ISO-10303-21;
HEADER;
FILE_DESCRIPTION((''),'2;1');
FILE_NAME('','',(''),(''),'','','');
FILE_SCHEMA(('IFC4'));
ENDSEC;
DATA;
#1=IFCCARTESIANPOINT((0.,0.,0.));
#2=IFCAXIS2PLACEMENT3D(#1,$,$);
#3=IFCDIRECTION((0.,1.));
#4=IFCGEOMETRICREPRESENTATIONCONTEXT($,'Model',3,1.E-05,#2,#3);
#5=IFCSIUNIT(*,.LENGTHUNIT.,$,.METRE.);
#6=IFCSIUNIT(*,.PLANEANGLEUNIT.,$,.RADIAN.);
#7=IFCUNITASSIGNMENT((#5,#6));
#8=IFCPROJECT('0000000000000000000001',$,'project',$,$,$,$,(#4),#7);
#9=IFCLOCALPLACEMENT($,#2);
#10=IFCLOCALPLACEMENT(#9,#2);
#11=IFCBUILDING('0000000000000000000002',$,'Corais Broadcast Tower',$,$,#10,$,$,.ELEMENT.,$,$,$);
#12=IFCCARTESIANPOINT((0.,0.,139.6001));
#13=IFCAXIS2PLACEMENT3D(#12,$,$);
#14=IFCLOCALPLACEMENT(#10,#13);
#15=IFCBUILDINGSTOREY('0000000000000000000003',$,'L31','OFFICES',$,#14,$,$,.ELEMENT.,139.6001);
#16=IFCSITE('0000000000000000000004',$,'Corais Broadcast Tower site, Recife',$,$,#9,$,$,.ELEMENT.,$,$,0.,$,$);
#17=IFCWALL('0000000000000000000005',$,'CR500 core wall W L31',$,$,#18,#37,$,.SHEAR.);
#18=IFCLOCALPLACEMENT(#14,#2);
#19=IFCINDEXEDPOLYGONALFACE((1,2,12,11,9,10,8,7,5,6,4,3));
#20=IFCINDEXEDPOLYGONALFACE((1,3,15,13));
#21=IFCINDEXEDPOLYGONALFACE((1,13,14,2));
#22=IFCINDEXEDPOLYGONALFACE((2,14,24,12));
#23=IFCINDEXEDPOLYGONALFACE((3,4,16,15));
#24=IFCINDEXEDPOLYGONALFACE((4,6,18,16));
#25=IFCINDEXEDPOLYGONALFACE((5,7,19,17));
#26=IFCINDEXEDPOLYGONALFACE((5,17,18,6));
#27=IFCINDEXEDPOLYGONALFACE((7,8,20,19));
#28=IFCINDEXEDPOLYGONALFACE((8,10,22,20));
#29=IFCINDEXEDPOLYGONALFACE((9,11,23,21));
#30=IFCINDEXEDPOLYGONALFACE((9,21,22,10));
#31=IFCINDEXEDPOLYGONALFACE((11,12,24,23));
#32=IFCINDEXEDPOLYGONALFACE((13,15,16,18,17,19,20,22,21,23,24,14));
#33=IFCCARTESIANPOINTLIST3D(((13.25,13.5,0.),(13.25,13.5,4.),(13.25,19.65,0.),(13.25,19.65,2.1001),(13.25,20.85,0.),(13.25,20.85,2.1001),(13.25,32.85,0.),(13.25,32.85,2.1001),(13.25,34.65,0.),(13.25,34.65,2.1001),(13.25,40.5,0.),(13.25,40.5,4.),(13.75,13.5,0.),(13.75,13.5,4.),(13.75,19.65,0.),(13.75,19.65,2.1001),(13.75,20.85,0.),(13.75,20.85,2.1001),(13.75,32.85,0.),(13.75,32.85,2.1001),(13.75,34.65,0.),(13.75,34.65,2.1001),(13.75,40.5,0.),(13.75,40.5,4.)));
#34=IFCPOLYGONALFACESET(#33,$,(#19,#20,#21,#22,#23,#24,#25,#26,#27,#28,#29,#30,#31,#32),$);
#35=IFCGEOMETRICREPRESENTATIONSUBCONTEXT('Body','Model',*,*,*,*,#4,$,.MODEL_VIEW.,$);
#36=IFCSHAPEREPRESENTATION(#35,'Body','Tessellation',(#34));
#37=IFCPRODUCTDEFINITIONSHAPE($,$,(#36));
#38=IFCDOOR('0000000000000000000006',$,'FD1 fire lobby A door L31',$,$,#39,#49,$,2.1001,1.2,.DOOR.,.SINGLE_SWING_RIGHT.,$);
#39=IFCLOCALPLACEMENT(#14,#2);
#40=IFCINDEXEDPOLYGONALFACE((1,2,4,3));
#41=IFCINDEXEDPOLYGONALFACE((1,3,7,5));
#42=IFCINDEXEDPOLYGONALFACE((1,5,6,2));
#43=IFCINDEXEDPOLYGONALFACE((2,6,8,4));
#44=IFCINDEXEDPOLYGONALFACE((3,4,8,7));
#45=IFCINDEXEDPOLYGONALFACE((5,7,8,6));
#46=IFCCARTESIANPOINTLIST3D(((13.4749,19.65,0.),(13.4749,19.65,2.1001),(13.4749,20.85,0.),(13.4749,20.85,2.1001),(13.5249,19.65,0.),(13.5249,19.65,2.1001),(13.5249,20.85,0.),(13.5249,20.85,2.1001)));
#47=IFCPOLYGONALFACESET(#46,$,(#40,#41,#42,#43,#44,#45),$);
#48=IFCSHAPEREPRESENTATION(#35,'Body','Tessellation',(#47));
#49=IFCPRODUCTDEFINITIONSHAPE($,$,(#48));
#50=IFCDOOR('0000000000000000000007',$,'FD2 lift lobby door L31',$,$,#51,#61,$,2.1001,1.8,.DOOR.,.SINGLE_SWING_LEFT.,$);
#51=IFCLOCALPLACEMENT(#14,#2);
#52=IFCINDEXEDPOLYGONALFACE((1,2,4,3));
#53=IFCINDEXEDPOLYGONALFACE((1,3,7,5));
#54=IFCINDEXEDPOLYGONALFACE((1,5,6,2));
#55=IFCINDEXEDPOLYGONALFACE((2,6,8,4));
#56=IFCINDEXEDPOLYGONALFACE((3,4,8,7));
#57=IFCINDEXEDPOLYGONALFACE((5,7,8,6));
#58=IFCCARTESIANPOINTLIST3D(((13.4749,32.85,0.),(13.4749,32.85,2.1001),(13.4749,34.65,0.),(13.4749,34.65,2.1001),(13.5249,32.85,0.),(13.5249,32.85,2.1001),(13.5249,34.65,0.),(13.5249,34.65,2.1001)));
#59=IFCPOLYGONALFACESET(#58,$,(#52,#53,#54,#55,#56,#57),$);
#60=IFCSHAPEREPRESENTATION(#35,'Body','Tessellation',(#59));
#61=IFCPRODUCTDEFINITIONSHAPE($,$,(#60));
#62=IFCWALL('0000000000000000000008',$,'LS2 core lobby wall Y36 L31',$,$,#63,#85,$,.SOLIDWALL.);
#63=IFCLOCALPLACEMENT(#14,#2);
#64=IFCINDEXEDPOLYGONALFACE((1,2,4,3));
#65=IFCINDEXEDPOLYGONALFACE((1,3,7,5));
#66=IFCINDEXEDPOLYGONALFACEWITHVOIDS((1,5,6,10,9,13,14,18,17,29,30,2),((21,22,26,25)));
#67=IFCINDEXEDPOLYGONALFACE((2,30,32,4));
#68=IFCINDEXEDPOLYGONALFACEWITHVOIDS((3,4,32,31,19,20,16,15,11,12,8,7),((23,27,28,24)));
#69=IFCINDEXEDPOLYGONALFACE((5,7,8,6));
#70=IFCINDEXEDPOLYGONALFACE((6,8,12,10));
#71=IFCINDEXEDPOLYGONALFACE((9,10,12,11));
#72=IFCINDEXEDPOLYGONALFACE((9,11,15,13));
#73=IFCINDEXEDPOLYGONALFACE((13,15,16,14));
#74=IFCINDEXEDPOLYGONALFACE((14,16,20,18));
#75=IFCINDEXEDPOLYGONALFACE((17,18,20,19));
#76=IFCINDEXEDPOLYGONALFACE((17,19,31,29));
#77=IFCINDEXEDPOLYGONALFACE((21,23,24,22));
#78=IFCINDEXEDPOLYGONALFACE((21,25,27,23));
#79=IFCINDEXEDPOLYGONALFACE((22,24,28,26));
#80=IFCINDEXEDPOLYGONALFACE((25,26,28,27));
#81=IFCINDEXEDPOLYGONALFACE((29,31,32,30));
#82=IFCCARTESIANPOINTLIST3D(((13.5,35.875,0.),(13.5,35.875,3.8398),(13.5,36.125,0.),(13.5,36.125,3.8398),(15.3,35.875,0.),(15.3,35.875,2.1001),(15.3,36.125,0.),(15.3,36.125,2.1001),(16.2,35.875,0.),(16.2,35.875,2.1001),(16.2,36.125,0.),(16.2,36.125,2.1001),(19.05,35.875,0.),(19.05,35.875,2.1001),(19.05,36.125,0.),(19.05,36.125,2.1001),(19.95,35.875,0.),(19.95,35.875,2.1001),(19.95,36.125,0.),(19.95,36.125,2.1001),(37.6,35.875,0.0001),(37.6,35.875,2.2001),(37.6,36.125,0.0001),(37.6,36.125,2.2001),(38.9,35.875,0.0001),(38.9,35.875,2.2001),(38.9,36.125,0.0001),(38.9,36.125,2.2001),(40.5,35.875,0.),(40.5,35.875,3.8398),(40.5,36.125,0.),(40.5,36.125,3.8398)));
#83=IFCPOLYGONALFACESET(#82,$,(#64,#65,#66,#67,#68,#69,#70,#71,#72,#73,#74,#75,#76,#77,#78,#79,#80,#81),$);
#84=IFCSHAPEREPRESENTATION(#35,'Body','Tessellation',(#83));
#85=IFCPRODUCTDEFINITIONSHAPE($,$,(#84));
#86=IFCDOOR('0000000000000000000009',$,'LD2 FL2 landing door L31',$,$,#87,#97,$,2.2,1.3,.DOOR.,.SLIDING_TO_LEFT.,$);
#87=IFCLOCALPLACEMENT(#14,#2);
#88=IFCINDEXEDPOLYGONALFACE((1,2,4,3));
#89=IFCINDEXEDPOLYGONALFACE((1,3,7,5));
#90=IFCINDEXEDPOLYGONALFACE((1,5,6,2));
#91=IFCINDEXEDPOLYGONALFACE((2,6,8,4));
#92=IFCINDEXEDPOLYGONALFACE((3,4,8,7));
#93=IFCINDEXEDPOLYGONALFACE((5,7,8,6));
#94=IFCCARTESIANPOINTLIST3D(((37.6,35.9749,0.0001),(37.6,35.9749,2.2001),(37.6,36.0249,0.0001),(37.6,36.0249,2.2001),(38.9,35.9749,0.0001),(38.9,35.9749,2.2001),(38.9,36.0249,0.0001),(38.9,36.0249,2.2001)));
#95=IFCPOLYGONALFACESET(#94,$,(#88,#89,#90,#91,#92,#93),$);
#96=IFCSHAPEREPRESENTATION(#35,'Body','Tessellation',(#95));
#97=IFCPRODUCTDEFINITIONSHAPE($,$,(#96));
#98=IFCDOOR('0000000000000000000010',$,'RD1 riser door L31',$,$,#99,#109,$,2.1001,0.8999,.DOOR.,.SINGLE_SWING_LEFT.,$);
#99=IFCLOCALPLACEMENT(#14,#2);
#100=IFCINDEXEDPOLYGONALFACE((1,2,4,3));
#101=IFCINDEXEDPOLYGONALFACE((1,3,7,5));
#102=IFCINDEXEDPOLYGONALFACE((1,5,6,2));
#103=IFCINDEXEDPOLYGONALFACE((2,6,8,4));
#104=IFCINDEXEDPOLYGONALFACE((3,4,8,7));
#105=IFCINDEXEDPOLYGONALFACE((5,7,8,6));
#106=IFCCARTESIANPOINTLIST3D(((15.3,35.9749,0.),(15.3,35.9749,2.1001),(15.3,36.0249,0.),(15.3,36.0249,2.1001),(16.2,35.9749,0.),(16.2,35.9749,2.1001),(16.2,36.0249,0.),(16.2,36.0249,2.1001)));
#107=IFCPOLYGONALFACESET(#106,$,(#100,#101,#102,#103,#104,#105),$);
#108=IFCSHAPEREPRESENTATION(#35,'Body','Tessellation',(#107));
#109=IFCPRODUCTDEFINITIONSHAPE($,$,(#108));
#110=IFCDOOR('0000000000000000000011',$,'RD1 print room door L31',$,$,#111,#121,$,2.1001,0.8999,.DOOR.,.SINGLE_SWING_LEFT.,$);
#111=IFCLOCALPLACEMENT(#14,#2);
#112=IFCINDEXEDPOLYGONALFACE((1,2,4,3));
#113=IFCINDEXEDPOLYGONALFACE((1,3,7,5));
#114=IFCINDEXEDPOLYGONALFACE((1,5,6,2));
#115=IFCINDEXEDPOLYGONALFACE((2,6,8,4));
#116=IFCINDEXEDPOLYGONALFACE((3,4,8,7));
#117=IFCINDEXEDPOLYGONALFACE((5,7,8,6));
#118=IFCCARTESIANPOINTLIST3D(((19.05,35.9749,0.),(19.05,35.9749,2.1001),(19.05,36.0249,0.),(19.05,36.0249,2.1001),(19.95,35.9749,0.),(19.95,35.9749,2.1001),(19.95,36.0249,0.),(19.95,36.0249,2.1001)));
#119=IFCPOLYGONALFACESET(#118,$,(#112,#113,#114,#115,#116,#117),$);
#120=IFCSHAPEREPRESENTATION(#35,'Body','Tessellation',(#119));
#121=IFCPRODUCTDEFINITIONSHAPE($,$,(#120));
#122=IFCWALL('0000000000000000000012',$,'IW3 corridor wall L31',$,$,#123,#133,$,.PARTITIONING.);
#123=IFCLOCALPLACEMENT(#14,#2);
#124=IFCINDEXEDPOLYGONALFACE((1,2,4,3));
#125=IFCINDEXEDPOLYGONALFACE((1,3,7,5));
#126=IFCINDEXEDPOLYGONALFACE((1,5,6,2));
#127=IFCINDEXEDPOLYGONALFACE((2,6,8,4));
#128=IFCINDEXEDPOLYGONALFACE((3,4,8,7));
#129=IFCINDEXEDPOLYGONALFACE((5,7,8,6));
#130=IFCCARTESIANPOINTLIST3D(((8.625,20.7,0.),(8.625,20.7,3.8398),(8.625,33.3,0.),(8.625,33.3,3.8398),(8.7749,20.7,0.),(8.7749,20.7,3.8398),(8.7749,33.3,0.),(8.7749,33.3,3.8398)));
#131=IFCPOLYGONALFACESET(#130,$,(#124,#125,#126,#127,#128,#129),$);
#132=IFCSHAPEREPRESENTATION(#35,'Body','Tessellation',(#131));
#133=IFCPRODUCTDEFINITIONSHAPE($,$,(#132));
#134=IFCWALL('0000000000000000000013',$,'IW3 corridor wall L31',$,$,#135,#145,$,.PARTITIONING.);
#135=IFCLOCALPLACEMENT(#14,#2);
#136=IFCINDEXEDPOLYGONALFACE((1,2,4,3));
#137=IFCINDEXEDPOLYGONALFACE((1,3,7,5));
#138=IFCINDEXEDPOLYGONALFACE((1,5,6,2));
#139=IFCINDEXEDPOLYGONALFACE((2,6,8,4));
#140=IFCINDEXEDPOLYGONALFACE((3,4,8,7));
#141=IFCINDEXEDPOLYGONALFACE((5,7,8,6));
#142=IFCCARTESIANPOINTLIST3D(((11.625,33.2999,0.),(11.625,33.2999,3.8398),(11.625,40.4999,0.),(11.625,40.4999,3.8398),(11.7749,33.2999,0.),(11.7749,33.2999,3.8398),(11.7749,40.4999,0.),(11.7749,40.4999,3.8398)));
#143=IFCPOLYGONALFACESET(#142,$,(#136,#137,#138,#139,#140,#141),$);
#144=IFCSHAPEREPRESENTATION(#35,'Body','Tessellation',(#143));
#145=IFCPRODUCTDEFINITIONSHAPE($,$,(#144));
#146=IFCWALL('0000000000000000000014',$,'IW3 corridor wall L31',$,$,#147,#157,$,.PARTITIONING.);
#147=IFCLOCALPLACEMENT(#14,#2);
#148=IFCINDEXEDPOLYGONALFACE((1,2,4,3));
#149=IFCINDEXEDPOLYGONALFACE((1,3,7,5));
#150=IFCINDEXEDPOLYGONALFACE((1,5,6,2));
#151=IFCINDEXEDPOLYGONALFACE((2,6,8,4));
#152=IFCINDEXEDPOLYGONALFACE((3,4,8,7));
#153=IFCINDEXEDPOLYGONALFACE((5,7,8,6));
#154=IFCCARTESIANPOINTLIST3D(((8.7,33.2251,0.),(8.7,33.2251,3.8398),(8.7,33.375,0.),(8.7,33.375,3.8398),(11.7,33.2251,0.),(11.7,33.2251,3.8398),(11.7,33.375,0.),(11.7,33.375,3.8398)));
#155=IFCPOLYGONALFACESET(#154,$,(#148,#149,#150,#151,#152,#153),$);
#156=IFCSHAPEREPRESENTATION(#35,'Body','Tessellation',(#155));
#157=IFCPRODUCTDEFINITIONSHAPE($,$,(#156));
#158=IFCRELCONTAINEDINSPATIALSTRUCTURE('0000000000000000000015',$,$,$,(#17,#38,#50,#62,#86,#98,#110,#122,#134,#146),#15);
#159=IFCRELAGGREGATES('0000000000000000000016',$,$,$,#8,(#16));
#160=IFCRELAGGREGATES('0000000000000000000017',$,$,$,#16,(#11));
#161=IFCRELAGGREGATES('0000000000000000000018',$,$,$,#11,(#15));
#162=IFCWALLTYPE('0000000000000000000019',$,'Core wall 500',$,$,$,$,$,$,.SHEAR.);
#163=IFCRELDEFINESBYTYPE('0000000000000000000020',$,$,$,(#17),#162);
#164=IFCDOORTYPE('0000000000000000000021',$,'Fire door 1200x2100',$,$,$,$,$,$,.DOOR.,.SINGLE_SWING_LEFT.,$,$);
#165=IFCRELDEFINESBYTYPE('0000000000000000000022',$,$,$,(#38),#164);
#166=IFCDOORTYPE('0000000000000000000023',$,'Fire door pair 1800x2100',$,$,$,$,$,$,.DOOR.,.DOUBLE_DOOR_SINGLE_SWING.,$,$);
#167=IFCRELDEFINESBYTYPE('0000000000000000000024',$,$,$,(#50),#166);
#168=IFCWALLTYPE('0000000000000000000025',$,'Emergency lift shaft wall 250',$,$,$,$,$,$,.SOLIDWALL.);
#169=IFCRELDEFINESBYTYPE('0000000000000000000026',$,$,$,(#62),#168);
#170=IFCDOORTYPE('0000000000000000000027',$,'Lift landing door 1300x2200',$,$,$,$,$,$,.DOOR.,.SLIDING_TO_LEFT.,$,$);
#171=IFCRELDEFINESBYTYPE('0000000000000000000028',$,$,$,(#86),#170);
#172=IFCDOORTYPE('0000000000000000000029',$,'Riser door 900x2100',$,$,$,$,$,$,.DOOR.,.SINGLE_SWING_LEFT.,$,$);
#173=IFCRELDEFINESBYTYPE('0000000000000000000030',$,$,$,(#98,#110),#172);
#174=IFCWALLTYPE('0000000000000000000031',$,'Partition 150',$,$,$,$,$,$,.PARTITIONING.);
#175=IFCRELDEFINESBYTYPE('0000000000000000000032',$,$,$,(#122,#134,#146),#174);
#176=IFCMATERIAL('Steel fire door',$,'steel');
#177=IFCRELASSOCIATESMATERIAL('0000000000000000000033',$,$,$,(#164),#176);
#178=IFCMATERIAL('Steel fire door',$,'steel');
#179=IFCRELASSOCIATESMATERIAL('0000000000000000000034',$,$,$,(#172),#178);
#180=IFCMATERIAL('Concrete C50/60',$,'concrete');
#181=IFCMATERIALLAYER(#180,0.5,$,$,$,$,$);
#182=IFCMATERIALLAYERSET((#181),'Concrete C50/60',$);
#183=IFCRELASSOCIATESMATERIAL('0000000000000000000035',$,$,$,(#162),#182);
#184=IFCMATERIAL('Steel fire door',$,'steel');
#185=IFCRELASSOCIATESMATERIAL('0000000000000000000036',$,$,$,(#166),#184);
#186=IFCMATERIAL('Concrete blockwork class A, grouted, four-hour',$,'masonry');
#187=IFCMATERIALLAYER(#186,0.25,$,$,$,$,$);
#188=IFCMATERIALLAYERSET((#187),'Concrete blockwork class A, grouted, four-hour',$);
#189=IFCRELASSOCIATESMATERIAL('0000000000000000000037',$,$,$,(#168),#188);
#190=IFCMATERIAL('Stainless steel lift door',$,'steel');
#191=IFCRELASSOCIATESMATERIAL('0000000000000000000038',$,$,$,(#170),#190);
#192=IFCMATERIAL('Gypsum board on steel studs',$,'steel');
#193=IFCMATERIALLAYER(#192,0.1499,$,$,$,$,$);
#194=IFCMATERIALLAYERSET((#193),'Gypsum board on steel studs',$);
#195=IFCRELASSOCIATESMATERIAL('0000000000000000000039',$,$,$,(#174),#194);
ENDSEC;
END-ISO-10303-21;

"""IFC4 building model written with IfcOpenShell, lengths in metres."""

from ifc_helpers import new_model, si_unit, direction, frame, frame_2d, origin, place, context, subcontext, project, spatial, rectangle, extrude, material, layer, layer_set, type_object, element, fill, save


model = new_model("IFC4")

# Units and contexts
model_context = context("Model", 3, precision=1e-05, world=origin(), true_north=direction((0.0, 1.0)))
body_context = subcontext(model_context, "Body", "Model", "MODEL_VIEW")
ifc_project = project(units=[si_unit("LENGTHUNIT", "METRE"), si_unit("PLANEANGLEUNIT", "RADIAN")], contexts=[model_context])

# Site, building, storey
site_placement = place(None, origin())
site = spatial("IfcSite", under=ifc_project, at=site_placement, Name="Corais Broadcast Tower site, Recife", CompositionType="ELEMENT", RefElevation=0.0)
building_placement = place(site_placement, origin())
building = spatial("IfcBuilding", under=site, at=building_placement, Name="Corais Broadcast Tower", CompositionType="ELEMENT")
storey_placement = place(building_placement, frame((0.0, 0.0, 139.6001)))
storey = spatial("IfcBuildingStorey", under=building, at=storey_placement, Name="L31", Description="OFFICES", CompositionType="ELEMENT", Elevation=139.6001)

# Walls, openings, doors
ifc_material_1 = material(Name="Steel fire door", Category="steel")
door_type_1 = type_object("IfcDoorType", Name="Fire door 1200x2100", OperationType="SINGLE_SWING_LEFT", PredefinedType="DOOR", material=ifc_material_1)
ifc_material_2 = material(Name="Steel fire door", Category="steel")
door_type_2 = type_object("IfcDoorType", Name="Riser door 900x2100", OperationType="SINGLE_SWING_LEFT", PredefinedType="DOOR", material=ifc_material_2)
ifc_material_3 = material(Name="Concrete C50/60", Category="concrete")
ifc_layer_1 = layer(ifc_material_3, 0.5)
ifc_layer_set_1 = layer_set([ifc_layer_1], Name="Concrete C50/60")
wall_type_1 = type_object("IfcWallType", Name="Core wall 500", PredefinedType="SHEAR", material=ifc_layer_set_1)
wall_1_placement = place(storey_placement, frame((13.5, 40.5, 0.0), z_axis=(0.0, 0.0, 1.0), x_axis=(0.0, -1.0, 0.0)))
wall_1 = element("IfcWall", 1, at=wall_1_placement, inside=storey, type_object=wall_type_1, Name="CR500 core wall W L31", PredefinedType="SHEAR", context=body_context, shape_type="SweptSolid", body=[
    extrude(rectangle(XDim=27.0, YDim=0.5, at=frame_2d((13.5, 0.0))), origin(), (0.0, 0.0, 1.0), 4.0),
])
opening_1_placement = place(wall_1_placement, frame((19.6499, 0.0, 0.0)))
opening_1 = element("IfcOpeningElement", 2, at=opening_1_placement, cuts=wall_1, PredefinedType="OPENING", context=body_context, shape_type="SweptSolid", body=[
    extrude(rectangle(XDim=1.2, YDim=2.1001, at=frame_2d((0.6001, 1.05))), frame((0.0, 0.26, 0.0), z_axis=(0.0, -1.0, 0.0), x_axis=(1.0, 0.0, 0.0)), (0.0, 0.0, 1.0), 0.52),
])
opening_2_placement = place(wall_1_placement, frame((5.8501, 0.0, 0.0)))
opening_2 = element("IfcOpeningElement", 3, at=opening_2_placement, cuts=wall_1, PredefinedType="OPENING", context=body_context, shape_type="SweptSolid", body=[
    extrude(rectangle(XDim=1.8, YDim=2.1001, at=frame_2d((0.8999, 1.05))), frame((0.0, 0.26, 0.0), z_axis=(0.0, -1.0, 0.0), x_axis=(1.0, 0.0, 0.0)), (0.0, 0.0, 1.0), 0.52),
])
door_1_placement = place(opening_1_placement, origin())
door_1 = element("IfcDoor", 4, at=door_1_placement, inside=storey, type_object=door_type_1, Name="FD1 fire lobby A door L31", OperationType="SINGLE_SWING_RIGHT", OverallHeight=2.1001, OverallWidth=1.2, PredefinedType="DOOR", context=body_context, shape_type="SweptSolid", body=[
    extrude(rectangle(XDim=1.2, YDim=2.1001, at=frame_2d((0.6001, 1.05))), frame((0.0, 0.0249, 0.0), z_axis=(0.0, -1.0, 0.0), x_axis=(1.0, 0.0, 0.0)), (0.0, 0.0, 1.0), 0.05),
])
fill(opening_1, door_1)
ifc_material_4 = material(Name="Steel fire door", Category="steel")
door_type_3 = type_object("IfcDoorType", Name="Fire door pair 1800x2100", OperationType="DOUBLE_DOOR_SINGLE_SWING", PredefinedType="DOOR", material=ifc_material_4)
door_2_placement = place(opening_2_placement, origin())
door_2 = element("IfcDoor", 5, at=door_2_placement, inside=storey, type_object=door_type_3, Name="FD2 lift lobby door L31", OperationType="SINGLE_SWING_LEFT", OverallHeight=2.1001, OverallWidth=1.8, PredefinedType="DOOR", context=body_context, shape_type="SweptSolid", body=[
    extrude(rectangle(XDim=1.8, YDim=2.1001, at=frame_2d((0.8999, 1.05))), frame((0.0, 0.0249, 0.0), z_axis=(0.0, -1.0, 0.0), x_axis=(1.0, 0.0, 0.0)), (0.0, 0.0, 1.0), 0.05),
])
fill(opening_2, door_2)
ifc_material_5 = material(Name="Concrete blockwork class A, grouted, four-hour", Category="masonry")
ifc_layer_2 = layer(ifc_material_5, 0.25)
ifc_layer_set_2 = layer_set([ifc_layer_2], Name="Concrete blockwork class A, grouted, four-hour")
wall_type_2 = type_object("IfcWallType", Name="Emergency lift shaft wall 250", PredefinedType="SOLIDWALL", material=ifc_layer_set_2)
wall_2_placement = place(storey_placement, frame((13.5, 36.0, 0.0), z_axis=(0.0, 0.0, 1.0), x_axis=(1.0, 0.0, 0.0)))
wall_2 = element("IfcWall", 6, at=wall_2_placement, inside=storey, type_object=wall_type_2, Name="LS2 core lobby wall Y36 L31", PredefinedType="SOLIDWALL", context=body_context, shape_type="SweptSolid", body=[
    extrude(rectangle(XDim=27.0, YDim=0.25, at=frame_2d((13.5, 0.0))), origin(), (0.0, 0.0, 1.0), 3.8398),
])
opening_3_placement = place(wall_2_placement, frame((1.8, 0.0, 0.0)))
opening_3 = element("IfcOpeningElement", 7, at=opening_3_placement, cuts=wall_2, PredefinedType="OPENING", context=body_context, shape_type="SweptSolid", body=[
    extrude(rectangle(XDim=0.8999, YDim=2.1001, at=frame_2d((0.45, 1.05))), frame((0.0, 0.135, 0.0), z_axis=(0.0, -1.0, 0.0), x_axis=(1.0, 0.0, 0.0)), (0.0, 0.0, 1.0), 0.27),
])
opening_4_placement = place(wall_2_placement, frame((5.55, 0.0, 0.0)))
opening_4 = element("IfcOpeningElement", 8, at=opening_4_placement, cuts=wall_2, PredefinedType="OPENING", context=body_context, shape_type="SweptSolid", body=[
    extrude(rectangle(XDim=0.8999, YDim=2.1001, at=frame_2d((0.45, 1.05))), frame((0.0, 0.135, 0.0), z_axis=(0.0, -1.0, 0.0), x_axis=(1.0, 0.0, 0.0)), (0.0, 0.0, 1.0), 0.27),
])
opening_5_placement = place(wall_2_placement, frame((24.1001, 0.0, 0.0)))
opening_5 = element("IfcOpeningElement", 9, at=opening_5_placement, cuts=wall_2, PredefinedType="OPENING", context=body_context, shape_type="SweptSolid", body=[
    extrude(rectangle(XDim=1.3, YDim=2.2, at=frame_2d((0.6499, 1.1001))), frame((0.0, 0.135, 0.0), z_axis=(0.0, -1.0, 0.0), x_axis=(1.0, 0.0, 0.0)), (0.0, 0.0, 1.0), 0.27),
])
ifc_material_6 = material(Name="Stainless steel lift door", Category="steel")
door_type_4 = type_object("IfcDoorType", Name="Lift landing door 1300x2200", OperationType="SLIDING_TO_LEFT", PredefinedType="DOOR", material=ifc_material_6)
door_3_placement = place(opening_5_placement, origin())
door_3 = element("IfcDoor", 10, at=door_3_placement, inside=storey, type_object=door_type_4, Name="LD2 FL2 landing door L31", OperationType="SLIDING_TO_LEFT", OverallHeight=2.2, OverallWidth=1.3, PredefinedType="DOOR", context=body_context, shape_type="SweptSolid", body=[
    extrude(rectangle(XDim=1.3, YDim=2.2, at=frame_2d((0.6499, 1.1001))), frame((0.0, 0.0249, 0.0), z_axis=(0.0, -1.0, 0.0), x_axis=(1.0, 0.0, 0.0)), (0.0, 0.0, 1.0), 0.05),
])
fill(opening_5, door_3)
door_4_placement = place(opening_3_placement, origin())
door_4 = element("IfcDoor", 11, at=door_4_placement, inside=storey, type_object=door_type_2, Name="RD1 riser door L31", OperationType="SINGLE_SWING_LEFT", OverallHeight=2.1001, OverallWidth=0.8999, PredefinedType="DOOR", context=body_context, shape_type="SweptSolid", body=[
    extrude(rectangle(XDim=0.8999, YDim=2.1001, at=frame_2d((0.45, 1.05))), frame((0.0, 0.0249, 0.0), z_axis=(0.0, -1.0, 0.0), x_axis=(1.0, 0.0, 0.0)), (0.0, 0.0, 1.0), 0.05),
])
fill(opening_3, door_4)
door_5_placement = place(opening_4_placement, origin())
door_5 = element("IfcDoor", 12, at=door_5_placement, inside=storey, type_object=door_type_2, Name="RD1 print room door L31", OperationType="SINGLE_SWING_LEFT", OverallHeight=2.1001, OverallWidth=0.8999, PredefinedType="DOOR", context=body_context, shape_type="SweptSolid", body=[
    extrude(rectangle(XDim=0.8999, YDim=2.1001, at=frame_2d((0.45, 1.05))), frame((0.0, 0.0249, 0.0), z_axis=(0.0, -1.0, 0.0), x_axis=(1.0, 0.0, 0.0)), (0.0, 0.0, 1.0), 0.05),
])
fill(opening_4, door_5)

# Walls
ifc_material_7 = material(Name="Gypsum board on steel studs", Category="steel")
ifc_layer_3 = layer(ifc_material_7, 0.1499)
ifc_layer_set_3 = layer_set([ifc_layer_3], Name="Gypsum board on steel studs")
wall_type_3 = type_object("IfcWallType", Name="Partition 150", PredefinedType="PARTITIONING", material=ifc_layer_set_3)
wall_3_placement = place(storey_placement, frame((8.7, 33.3, 0.0), z_axis=(0.0, 0.0, 1.0), x_axis=(0.0, -1.0, 0.0)))
element("IfcWall", 13, at=wall_3_placement, inside=storey, type_object=wall_type_3, Name="IW3 corridor wall L31", PredefinedType="PARTITIONING", context=body_context, shape_type="SweptSolid", body=[
    extrude(rectangle(XDim=12.6001, YDim=0.1499, at=frame_2d((6.3, 0.0))), origin(), (0.0, 0.0, 1.0), 3.8398),
])
wall_4_placement = place(storey_placement, frame((11.7, 40.5, 0.0), z_axis=(0.0, 0.0, 1.0), x_axis=(0.0, -1.0, 0.0)))
element("IfcWall", 14, at=wall_4_placement, inside=storey, type_object=wall_type_3, Name="IW3 corridor wall L31", PredefinedType="PARTITIONING", context=body_context, shape_type="SweptSolid", body=[
    extrude(rectangle(XDim=7.2, YDim=0.1499, at=frame_2d((3.6001, 0.0))), origin(), (0.0, 0.0, 1.0), 3.8398),
])
wall_5_placement = place(storey_placement, frame((11.7, 33.3, 0.0), z_axis=(0.0, 0.0, 1.0), x_axis=(-1.0, 0.0, 0.0)))
element("IfcWall", 15, at=wall_5_placement, inside=storey, type_object=wall_type_3, Name="IW3 corridor wall L31", PredefinedType="PARTITIONING", context=body_context, shape_type="SweptSolid", body=[
    extrude(rectangle(XDim=3.0, YDim=0.1499, at=frame_2d((1.5, 0.0))), origin(), (0.0, 0.0, 1.0), 3.8398),
])

save(model, "model.ifc")
